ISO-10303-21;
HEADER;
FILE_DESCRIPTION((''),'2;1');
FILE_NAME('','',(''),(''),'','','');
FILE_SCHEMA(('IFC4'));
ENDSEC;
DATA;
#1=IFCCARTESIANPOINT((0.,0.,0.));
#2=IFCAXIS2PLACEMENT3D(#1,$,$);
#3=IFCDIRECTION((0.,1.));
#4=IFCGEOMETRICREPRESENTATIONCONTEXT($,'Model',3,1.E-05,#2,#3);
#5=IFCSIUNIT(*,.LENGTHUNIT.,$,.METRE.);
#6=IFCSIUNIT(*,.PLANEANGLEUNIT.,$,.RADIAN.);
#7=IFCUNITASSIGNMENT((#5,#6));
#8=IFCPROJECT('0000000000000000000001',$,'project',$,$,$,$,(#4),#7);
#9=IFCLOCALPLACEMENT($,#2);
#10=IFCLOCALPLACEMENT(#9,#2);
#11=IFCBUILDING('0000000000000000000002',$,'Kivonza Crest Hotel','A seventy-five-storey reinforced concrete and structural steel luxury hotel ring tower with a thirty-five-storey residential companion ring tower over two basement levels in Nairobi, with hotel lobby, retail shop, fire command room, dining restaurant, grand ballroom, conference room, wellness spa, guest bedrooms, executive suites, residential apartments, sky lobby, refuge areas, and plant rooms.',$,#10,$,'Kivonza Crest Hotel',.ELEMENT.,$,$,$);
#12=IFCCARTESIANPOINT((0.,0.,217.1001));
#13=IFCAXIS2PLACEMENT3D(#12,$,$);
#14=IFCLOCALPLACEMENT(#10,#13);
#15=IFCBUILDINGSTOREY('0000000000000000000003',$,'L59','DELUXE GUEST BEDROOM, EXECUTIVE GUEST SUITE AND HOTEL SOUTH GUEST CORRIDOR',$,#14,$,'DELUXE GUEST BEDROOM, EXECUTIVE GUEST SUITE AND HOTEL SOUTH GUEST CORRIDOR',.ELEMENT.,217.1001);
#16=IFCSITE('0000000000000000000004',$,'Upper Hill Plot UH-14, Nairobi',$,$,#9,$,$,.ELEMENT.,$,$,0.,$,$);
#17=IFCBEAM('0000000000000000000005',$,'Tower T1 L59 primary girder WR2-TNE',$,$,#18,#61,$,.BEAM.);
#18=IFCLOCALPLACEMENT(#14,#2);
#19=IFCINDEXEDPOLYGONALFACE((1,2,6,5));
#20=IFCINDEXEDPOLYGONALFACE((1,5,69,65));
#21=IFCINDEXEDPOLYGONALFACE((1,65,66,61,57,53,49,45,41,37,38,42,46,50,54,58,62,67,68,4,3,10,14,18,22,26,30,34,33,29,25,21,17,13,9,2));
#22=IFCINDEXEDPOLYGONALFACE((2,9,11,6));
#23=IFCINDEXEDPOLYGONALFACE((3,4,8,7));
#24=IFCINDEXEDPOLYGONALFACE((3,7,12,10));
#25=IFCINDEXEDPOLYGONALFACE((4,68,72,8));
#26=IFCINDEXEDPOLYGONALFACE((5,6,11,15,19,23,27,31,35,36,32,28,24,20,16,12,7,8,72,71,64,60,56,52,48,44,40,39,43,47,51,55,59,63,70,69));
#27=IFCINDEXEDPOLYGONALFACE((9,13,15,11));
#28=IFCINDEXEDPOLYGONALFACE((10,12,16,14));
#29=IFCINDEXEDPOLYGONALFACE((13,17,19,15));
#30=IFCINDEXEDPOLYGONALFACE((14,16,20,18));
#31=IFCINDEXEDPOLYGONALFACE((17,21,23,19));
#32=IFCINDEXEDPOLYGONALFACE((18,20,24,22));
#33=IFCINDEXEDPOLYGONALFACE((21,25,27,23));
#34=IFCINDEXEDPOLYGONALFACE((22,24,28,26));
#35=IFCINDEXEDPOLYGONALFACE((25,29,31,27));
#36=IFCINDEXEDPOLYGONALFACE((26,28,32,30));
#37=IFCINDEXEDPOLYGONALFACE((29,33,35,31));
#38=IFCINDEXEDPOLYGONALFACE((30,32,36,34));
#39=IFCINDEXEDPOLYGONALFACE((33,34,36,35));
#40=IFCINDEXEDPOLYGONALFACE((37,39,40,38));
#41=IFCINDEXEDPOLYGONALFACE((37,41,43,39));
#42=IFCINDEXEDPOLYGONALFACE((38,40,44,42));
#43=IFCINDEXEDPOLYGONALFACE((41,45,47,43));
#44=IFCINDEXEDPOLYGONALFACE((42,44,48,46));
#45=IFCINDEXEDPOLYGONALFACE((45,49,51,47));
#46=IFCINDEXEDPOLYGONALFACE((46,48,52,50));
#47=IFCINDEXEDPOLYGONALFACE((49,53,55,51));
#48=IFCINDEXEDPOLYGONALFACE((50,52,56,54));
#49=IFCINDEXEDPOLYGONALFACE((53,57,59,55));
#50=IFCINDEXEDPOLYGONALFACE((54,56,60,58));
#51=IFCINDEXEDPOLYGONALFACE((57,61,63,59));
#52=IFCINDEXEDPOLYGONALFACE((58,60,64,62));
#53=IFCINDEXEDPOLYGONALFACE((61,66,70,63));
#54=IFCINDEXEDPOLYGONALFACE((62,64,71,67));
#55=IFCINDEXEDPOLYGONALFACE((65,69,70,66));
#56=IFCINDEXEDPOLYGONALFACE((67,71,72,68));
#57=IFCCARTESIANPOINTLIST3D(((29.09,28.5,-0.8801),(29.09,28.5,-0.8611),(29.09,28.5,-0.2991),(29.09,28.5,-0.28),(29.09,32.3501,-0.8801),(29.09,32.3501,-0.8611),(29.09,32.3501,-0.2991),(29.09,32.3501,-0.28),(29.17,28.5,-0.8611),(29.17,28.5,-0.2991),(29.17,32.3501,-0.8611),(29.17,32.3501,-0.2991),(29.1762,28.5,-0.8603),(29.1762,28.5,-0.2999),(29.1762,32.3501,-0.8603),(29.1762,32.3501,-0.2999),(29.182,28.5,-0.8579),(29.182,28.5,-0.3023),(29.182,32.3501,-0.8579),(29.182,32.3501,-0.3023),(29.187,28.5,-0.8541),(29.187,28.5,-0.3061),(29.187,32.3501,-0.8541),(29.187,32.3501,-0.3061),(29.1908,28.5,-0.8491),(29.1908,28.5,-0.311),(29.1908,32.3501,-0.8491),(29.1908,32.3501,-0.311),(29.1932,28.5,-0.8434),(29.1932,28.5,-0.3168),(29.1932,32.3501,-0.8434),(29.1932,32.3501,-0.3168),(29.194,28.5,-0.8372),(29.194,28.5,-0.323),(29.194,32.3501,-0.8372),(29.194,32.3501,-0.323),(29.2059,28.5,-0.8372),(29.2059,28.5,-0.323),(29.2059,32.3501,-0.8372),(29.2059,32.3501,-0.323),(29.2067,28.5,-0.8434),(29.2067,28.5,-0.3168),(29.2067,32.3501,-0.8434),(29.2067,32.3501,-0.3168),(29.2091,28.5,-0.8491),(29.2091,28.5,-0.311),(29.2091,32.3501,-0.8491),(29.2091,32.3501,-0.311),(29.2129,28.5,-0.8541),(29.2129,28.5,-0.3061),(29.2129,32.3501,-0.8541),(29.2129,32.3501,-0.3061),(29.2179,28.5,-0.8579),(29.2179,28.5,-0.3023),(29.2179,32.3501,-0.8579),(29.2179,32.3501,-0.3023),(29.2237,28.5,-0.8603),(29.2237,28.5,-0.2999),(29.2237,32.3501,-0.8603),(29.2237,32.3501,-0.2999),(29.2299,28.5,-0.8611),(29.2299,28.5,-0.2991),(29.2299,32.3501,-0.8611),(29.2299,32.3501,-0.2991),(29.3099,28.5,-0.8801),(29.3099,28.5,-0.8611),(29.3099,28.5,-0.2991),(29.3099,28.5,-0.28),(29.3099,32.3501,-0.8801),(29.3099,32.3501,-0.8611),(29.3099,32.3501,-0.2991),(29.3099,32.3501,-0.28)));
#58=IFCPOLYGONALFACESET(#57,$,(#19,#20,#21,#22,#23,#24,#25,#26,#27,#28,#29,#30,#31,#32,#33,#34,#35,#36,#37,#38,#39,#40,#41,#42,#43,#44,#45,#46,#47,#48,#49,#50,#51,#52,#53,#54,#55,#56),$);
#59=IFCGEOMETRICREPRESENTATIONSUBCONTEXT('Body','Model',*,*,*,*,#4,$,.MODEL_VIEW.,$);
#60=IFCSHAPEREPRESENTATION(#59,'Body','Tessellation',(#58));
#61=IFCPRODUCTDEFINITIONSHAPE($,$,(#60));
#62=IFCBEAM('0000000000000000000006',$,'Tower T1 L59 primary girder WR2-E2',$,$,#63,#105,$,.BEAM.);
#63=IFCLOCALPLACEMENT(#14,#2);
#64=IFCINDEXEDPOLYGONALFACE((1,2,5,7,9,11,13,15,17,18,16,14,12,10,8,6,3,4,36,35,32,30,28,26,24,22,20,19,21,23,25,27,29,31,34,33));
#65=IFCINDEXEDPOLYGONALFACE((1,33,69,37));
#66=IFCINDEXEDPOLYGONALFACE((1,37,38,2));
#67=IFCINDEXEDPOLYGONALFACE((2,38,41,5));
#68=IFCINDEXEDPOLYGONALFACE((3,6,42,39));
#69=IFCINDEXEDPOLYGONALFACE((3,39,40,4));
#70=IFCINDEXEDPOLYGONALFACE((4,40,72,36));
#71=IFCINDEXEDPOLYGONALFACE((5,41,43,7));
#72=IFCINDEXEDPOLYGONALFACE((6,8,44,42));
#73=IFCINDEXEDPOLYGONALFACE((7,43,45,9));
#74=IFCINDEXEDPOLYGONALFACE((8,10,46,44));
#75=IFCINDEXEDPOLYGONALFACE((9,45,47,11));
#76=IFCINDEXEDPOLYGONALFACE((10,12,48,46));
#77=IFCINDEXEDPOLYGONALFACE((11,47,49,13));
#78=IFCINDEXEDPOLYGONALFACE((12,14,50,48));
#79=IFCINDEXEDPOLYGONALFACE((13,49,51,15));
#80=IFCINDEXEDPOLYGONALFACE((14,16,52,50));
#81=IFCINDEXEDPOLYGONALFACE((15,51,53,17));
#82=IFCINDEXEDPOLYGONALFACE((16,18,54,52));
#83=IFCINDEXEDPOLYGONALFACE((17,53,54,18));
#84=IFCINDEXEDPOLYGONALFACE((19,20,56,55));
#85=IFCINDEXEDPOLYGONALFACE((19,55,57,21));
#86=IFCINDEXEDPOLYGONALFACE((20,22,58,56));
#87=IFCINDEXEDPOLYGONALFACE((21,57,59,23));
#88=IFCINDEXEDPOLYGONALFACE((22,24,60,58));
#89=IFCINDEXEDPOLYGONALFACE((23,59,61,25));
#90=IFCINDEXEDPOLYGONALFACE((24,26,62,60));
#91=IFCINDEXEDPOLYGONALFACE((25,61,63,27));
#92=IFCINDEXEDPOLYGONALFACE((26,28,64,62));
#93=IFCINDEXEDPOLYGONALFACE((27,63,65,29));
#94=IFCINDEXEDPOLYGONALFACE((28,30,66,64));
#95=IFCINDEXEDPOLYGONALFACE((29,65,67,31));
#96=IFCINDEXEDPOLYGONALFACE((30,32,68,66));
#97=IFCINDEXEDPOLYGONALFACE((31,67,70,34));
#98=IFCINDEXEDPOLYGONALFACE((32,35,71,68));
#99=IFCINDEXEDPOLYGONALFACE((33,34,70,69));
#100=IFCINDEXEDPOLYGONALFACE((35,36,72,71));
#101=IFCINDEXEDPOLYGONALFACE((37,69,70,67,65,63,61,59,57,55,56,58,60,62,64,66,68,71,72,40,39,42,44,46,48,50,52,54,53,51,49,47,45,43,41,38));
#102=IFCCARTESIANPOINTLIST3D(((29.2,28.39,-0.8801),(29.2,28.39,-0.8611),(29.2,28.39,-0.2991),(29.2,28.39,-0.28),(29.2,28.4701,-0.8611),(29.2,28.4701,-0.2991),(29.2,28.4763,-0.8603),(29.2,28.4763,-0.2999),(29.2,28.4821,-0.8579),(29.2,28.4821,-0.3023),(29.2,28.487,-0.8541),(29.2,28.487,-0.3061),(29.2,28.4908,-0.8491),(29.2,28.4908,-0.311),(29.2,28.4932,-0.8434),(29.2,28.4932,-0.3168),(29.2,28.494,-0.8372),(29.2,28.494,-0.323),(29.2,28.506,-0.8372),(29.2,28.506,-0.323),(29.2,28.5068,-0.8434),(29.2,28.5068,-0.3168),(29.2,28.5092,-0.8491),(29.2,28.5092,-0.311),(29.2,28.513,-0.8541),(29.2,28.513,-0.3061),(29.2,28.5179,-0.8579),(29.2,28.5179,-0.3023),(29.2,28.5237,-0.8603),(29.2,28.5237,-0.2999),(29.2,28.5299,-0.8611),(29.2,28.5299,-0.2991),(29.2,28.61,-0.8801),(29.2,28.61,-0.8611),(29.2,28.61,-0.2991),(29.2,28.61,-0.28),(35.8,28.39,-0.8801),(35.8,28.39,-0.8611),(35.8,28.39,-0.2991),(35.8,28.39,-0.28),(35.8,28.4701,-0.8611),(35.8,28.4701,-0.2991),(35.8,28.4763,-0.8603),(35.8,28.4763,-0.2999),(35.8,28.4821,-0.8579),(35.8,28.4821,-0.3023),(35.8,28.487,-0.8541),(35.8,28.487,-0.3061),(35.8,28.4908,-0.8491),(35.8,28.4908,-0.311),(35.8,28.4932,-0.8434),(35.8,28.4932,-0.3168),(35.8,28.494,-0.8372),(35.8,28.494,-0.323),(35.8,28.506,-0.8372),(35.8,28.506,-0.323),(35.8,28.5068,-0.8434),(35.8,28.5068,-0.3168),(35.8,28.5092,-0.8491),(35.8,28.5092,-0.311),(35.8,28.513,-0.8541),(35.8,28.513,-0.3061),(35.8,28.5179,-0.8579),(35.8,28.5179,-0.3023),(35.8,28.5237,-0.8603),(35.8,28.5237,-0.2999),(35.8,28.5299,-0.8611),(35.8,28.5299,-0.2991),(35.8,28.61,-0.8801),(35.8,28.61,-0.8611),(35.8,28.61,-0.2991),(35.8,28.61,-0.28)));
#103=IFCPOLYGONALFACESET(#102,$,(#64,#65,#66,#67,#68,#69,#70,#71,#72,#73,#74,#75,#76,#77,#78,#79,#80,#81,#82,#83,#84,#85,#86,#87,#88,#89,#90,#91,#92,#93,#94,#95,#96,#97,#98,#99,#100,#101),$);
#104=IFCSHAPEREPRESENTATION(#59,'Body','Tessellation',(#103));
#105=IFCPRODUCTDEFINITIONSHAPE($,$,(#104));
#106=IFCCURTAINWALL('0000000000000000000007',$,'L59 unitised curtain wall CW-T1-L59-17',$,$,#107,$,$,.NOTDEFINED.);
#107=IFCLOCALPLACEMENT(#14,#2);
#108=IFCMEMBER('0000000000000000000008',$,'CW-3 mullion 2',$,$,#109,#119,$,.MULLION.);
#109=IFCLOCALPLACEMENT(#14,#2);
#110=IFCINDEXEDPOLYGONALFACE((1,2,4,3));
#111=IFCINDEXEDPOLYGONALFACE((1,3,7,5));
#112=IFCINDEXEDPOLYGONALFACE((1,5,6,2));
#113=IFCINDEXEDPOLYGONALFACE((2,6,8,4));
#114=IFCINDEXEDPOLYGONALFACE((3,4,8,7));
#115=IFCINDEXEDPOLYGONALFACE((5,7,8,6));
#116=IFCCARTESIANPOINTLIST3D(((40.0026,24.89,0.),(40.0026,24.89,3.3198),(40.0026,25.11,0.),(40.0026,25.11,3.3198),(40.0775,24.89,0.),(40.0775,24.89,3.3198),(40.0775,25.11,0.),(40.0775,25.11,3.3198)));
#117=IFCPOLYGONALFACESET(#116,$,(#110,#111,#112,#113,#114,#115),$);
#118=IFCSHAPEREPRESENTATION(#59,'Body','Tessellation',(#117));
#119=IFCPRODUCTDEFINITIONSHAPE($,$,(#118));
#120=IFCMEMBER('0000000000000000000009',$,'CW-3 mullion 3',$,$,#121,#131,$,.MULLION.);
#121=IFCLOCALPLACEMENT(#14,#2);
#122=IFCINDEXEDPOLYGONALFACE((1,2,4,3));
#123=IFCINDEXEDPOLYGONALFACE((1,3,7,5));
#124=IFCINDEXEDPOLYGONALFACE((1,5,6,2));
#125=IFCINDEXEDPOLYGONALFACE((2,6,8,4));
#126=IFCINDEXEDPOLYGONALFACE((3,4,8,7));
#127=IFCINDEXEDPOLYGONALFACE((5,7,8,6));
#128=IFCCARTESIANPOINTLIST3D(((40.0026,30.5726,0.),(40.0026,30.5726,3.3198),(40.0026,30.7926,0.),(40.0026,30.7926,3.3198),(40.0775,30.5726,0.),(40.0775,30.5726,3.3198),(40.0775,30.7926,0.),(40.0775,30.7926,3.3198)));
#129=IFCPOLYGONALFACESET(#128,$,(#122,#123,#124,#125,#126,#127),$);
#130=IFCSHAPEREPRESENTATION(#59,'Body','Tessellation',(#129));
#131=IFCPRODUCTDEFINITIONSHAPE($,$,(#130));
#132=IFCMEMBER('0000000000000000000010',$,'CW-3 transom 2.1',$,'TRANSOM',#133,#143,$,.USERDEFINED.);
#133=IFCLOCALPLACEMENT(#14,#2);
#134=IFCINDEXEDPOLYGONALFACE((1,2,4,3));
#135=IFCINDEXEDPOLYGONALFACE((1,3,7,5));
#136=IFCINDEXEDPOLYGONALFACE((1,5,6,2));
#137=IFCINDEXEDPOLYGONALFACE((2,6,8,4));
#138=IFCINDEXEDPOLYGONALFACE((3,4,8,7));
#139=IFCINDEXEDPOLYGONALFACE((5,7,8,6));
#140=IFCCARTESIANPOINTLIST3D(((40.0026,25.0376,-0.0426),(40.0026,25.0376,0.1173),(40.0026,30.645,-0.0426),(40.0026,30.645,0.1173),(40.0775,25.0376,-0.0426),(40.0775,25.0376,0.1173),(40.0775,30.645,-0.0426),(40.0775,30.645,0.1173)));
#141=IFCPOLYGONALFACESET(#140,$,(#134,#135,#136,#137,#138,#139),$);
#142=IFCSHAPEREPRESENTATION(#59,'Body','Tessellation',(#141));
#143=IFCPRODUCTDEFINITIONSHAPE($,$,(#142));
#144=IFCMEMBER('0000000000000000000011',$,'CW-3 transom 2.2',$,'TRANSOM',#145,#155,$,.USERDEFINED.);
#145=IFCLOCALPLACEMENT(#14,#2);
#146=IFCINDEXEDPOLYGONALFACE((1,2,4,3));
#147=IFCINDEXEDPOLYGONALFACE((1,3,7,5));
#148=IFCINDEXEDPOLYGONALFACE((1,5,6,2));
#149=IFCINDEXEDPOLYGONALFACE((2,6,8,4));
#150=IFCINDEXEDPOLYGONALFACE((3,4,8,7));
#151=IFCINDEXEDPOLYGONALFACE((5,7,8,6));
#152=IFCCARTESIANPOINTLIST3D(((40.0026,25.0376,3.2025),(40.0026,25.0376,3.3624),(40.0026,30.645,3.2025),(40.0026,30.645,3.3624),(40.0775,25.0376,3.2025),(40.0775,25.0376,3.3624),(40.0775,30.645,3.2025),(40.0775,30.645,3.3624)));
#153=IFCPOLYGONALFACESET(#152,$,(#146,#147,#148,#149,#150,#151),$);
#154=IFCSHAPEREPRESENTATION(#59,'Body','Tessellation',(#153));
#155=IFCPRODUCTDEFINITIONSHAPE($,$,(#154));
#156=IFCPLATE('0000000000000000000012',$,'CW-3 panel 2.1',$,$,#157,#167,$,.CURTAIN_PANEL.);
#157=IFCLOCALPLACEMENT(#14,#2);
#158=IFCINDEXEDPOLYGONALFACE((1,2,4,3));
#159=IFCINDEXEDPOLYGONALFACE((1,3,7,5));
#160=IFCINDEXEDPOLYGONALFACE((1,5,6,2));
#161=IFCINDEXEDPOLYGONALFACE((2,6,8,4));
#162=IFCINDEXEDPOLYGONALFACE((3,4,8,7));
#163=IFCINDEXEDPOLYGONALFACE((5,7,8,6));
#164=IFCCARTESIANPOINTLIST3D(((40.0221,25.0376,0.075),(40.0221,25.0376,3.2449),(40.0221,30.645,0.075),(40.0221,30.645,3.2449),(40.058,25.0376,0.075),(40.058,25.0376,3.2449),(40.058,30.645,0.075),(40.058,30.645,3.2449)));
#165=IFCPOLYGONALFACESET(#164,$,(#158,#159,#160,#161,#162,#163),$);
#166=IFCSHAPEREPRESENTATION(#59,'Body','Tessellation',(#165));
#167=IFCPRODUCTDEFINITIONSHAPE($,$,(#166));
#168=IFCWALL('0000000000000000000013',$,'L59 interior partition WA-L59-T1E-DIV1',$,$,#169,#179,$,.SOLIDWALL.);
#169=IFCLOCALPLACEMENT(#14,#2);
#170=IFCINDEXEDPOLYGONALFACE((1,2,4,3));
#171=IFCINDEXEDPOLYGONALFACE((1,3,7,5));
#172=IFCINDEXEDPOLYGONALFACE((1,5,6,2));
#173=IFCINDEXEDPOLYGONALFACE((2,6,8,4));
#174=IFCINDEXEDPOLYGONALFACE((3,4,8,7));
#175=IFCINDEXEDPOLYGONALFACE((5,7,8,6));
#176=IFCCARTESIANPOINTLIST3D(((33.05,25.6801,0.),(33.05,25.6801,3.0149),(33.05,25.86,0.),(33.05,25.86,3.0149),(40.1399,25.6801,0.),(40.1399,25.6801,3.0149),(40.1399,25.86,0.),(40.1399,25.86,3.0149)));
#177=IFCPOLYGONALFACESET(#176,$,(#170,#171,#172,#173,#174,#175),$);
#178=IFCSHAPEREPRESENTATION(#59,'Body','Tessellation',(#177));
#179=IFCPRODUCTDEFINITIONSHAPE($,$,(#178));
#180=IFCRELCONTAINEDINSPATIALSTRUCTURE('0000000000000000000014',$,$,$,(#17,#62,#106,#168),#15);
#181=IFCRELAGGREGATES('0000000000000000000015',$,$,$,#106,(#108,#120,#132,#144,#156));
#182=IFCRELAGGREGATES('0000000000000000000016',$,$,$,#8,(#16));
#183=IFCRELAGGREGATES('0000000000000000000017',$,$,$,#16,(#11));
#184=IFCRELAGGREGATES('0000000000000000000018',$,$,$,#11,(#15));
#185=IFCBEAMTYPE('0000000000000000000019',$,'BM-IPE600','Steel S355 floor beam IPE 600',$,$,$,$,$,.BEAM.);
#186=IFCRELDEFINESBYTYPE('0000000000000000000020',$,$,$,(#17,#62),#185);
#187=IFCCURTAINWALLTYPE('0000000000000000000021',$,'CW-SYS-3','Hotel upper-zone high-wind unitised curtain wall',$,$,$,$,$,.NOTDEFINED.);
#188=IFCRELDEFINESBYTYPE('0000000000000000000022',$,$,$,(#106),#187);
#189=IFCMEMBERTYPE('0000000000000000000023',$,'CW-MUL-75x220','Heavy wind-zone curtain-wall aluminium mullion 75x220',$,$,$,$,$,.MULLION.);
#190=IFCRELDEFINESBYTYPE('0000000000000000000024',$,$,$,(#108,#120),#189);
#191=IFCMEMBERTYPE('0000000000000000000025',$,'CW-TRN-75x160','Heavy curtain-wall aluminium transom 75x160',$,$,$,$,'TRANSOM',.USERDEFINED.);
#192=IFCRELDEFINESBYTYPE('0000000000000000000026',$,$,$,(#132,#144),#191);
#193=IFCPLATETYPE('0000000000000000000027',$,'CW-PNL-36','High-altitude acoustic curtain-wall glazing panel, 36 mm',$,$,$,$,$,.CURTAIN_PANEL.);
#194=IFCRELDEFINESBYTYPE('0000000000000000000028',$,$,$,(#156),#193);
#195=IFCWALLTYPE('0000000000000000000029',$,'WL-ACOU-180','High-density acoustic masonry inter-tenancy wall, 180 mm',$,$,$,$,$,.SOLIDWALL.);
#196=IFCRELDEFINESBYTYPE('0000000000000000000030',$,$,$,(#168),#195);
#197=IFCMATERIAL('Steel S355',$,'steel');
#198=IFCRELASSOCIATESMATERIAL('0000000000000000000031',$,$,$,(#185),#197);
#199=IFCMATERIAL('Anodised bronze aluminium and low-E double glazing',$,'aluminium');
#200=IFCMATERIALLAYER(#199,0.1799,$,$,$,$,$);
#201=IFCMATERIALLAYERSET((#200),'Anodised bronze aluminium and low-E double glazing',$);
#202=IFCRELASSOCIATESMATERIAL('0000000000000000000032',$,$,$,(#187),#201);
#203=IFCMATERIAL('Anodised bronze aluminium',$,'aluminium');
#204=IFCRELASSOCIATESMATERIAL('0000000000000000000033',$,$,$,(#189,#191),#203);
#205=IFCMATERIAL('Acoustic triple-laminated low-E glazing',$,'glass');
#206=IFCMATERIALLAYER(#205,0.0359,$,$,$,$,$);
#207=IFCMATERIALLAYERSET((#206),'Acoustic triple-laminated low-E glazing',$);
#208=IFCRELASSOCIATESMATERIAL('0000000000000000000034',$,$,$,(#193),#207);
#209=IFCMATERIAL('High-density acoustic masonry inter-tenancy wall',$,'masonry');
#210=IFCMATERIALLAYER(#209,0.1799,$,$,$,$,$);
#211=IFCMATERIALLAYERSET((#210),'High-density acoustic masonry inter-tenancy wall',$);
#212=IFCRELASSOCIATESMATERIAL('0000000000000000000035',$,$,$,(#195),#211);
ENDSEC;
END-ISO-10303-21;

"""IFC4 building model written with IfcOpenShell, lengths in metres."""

from ifc_helpers import new_model, si_unit, direction, frame, frame_2d, origin, origin_2d, place, context, subcontext, project, spatial, rectangle, i_section, extrude, material, layer, layer_set, material_profile, profile_set, type_object, element, aggregate, save


model = new_model("IFC4")

# Units and contexts
model_context = context("Model", 3, precision=1e-05, world=origin(), true_north=direction((0.0, 1.0)))
body_context = subcontext(model_context, "Body", "Model", "MODEL_VIEW")
ifc_project = project(units=[si_unit("LENGTHUNIT", "METRE"), si_unit("PLANEANGLEUNIT", "RADIAN")], contexts=[model_context])

# Site, building, storey
site_placement = place(None, origin())
site = spatial("IfcSite", under=ifc_project, at=site_placement, Name="Upper Hill Plot UH-14, Nairobi", CompositionType="ELEMENT", RefElevation=0.0)
building_placement = place(site_placement, origin())
building = spatial("IfcBuilding", under=site, at=building_placement, Name="Kivonza Crest Hotel", Description="A seventy-five-storey reinforced concrete and structural steel luxury hotel ring tower with a thirty-five-storey residential companion ring tower over two basement levels in Nairobi, with hotel lobby, retail shop, fire command room, dining restaurant, grand ballroom, conference room, wellness spa, guest bedrooms, executive suites, residential apartments, sky lobby, refuge areas, and plant rooms.", LongName="Kivonza Crest Hotel", CompositionType="ELEMENT")
storey_placement = place(building_placement, frame((0.0, 0.0, 217.1001)))
storey = spatial("IfcBuildingStorey", under=building, at=storey_placement, Name="L59", Description="DELUXE GUEST BEDROOM, EXECUTIVE GUEST SUITE AND HOTEL SOUTH GUEST CORRIDOR", LongName="DELUXE GUEST BEDROOM, EXECUTIVE GUEST SUITE AND HOTEL SOUTH GUEST CORRIDOR", CompositionType="ELEMENT", Elevation=217.1001)

# Beams
ifc_material_1 = material(Name="Steel S355", Category="steel")
ifc_material_profile_1 = material_profile(ifc_material_1, i_section(OverallWidth=0.22, OverallDepth=0.6001, WebThickness=0.012, FlangeThickness=0.019, FilletRadius=0.0239, at=origin_2d()), Name="IPE 600")
ifc_profile_set_1 = profile_set([ifc_material_profile_1], Name="Steel S355")
beam_type_1 = type_object("IfcBeamType", Name="BM-IPE600", Description="Steel S355 floor beam IPE 600", PredefinedType="BEAM", material=ifc_profile_set_1)
beam_1_placement = place(storey_placement, frame((29.2, 28.5, -0.5801), z_axis=(0.0, 1.0, 0.0), x_axis=(-1.0, 0.0, 0.0)))
element("IfcBeam", 1, at=beam_1_placement, inside=storey, type_object=beam_type_1, Name="Tower T1 L59 primary girder WR2-TNE", PredefinedType="BEAM", context=body_context, shape_type="SweptSolid", body=[
    extrude(i_section(OverallWidth=0.22, OverallDepth=0.6001, WebThickness=0.012, FlangeThickness=0.019, FilletRadius=0.0239, at=origin_2d()), origin(), (0.0, 0.0, 1.0), 3.8501),
])
beam_2_placement = place(storey_placement, frame((29.2, 28.5, -0.5801), z_axis=(1.0, 0.0, 0.0), x_axis=(0.0, 1.0, 0.0)))
element("IfcBeam", 2, at=beam_2_placement, inside=storey, type_object=beam_type_1, Name="Tower T1 L59 primary girder WR2-E2", PredefinedType="BEAM", context=body_context, shape_type="SweptSolid", body=[
    extrude(i_section(OverallWidth=0.22, OverallDepth=0.6001, WebThickness=0.012, FlangeThickness=0.019, FilletRadius=0.0239, at=origin_2d()), origin(), (0.0, 0.0, 1.0), 6.6001),
])

# Curtain wall, members, plate
ifc_material_2 = material(Name="Anodised bronze aluminium and low-E double glazing", Category="aluminium")
ifc_layer_1 = layer(ifc_material_2, 0.1799)
ifc_layer_set_1 = layer_set([ifc_layer_1], Name="Anodised bronze aluminium and low-E double glazing")
curtain_wall_type = type_object("IfcCurtainWallType", Name="CW-SYS-3", Description="Hotel upper-zone high-wind unitised curtain wall", PredefinedType="NOTDEFINED", material=ifc_layer_set_1)
curtain_wall_placement = place(storey_placement, origin())
curtain_wall = element("IfcCurtainWall", 3, at=curtain_wall_placement, inside=storey, type_object=curtain_wall_type, Name="L59 unitised curtain wall CW-T1-L59-17", PredefinedType="NOTDEFINED")
ifc_material_3 = material(Name="Anodised bronze aluminium", Category="aluminium")
ifc_material_profile_2 = material_profile(ifc_material_3, rectangle(XDim=0.075, YDim=0.22, at=origin_2d()), Name="CW-M 75x220")
ifc_profile_set_2 = profile_set([ifc_material_profile_2], Name="Anodised bronze aluminium")
member_type_1 = type_object("IfcMemberType", Name="CW-MUL-75x220", Description="Heavy wind-zone curtain-wall aluminium mullion 75x220", PredefinedType="MULLION", material=ifc_profile_set_2)
member_1_placement = place(storey_placement, frame((40.04, 25.0, 0.0), z_axis=(0.0, 0.0, 1.0), x_axis=(-1.0, 0.0, 0.0)))
member_1 = element("IfcMember", 4, at=member_1_placement, type_object=member_type_1, Name="CW-3 mullion 2", PredefinedType="MULLION", context=body_context, shape_type="SweptSolid", body=[
    extrude(rectangle(XDim=0.075, YDim=0.22, at=origin_2d()), origin(), (0.0, 0.0, 1.0), 3.3198),
])
member_2_placement = place(storey_placement, frame((40.04, 30.6826, 0.0), z_axis=(0.0, 0.0, 1.0), x_axis=(-1.0, 0.0, 0.0)))
member_2 = element("IfcMember", 5, at=member_2_placement, type_object=member_type_1, Name="CW-3 mullion 3", PredefinedType="MULLION", context=body_context, shape_type="SweptSolid", body=[
    extrude(rectangle(XDim=0.075, YDim=0.22, at=origin_2d()), origin(), (0.0, 0.0, 1.0), 3.3198),
])
ifc_material_profile_3 = material_profile(ifc_material_3, rectangle(XDim=0.075, YDim=0.1599, at=origin_2d()), Name="CW-T 75x160")
ifc_profile_set_3 = profile_set([ifc_material_profile_3], Name="Anodised bronze aluminium")
member_type_2 = type_object("IfcMemberType", Name="CW-TRN-75x160", Description="Heavy curtain-wall aluminium transom 75x160", ElementType="TRANSOM", PredefinedType="USERDEFINED", material=ifc_profile_set_3)
member_3_placement = place(storey_placement, frame((40.04, 25.0376, 0.0374), z_axis=(0.0, 1.0, 0.0), x_axis=(-1.0, 0.0, 0.0)))
member_3 = element("IfcMember", 6, at=member_3_placement, type_object=member_type_2, Name="CW-3 transom 2.1", ObjectType="TRANSOM", PredefinedType="USERDEFINED", context=body_context, shape_type="SweptSolid", body=[
    extrude(rectangle(XDim=0.075, YDim=0.1599, at=origin_2d()), origin(), (0.0, 0.0, 1.0), 5.6074),
])
member_4_placement = place(storey_placement, frame((40.04, 25.0376, 3.2825), z_axis=(0.0, 1.0, 0.0), x_axis=(-1.0, 0.0, 0.0)))
member_4 = element("IfcMember", 7, at=member_4_placement, type_object=member_type_2, Name="CW-3 transom 2.2", ObjectType="TRANSOM", PredefinedType="USERDEFINED", context=body_context, shape_type="SweptSolid", body=[
    extrude(rectangle(XDim=0.075, YDim=0.1599, at=origin_2d()), origin(), (0.0, 0.0, 1.0), 5.6074),
])
ifc_material_4 = material(Name="Acoustic triple-laminated low-E glazing", Category="glass")
ifc_layer_2 = layer(ifc_material_4, 0.0359)
ifc_layer_set_2 = layer_set([ifc_layer_2], Name="Acoustic triple-laminated low-E glazing")
plate_type = type_object("IfcPlateType", Name="CW-PNL-36", Description="High-altitude acoustic curtain-wall glazing panel, 36 mm", PredefinedType="CURTAIN_PANEL", material=ifc_layer_set_2)
plate_placement = place(storey_placement, frame((40.04, 27.8413, 0.075), z_axis=(0.0, 0.0, 1.0), x_axis=(0.0, 1.0, 0.0)))
plate = element("IfcPlate", 8, at=plate_placement, type_object=plate_type, Name="CW-3 panel 2.1", PredefinedType="CURTAIN_PANEL", context=body_context, shape_type="SweptSolid", body=[
    extrude(rectangle(XDim=5.6074, YDim=0.0359, at=origin_2d()), origin(), (0.0, 0.0, 1.0), 3.1699),
])
aggregate(curtain_wall, [member_1, member_2, member_3, member_4, plate])

# Wall
ifc_material_5 = material(Name="High-density acoustic masonry inter-tenancy wall", Category="masonry")
ifc_layer_3 = layer(ifc_material_5, 0.1799)
ifc_layer_set_3 = layer_set([ifc_layer_3], Name="High-density acoustic masonry inter-tenancy wall")
wall_type_1 = type_object("IfcWallType", Name="WL-ACOU-180", Description="High-density acoustic masonry inter-tenancy wall, 180 mm", PredefinedType="SOLIDWALL", material=ifc_layer_set_3)
wall_1_placement = place(storey_placement, frame((33.05, 25.77, 0.0), z_axis=(0.0, 0.0, 1.0), x_axis=(1.0, 0.0, 0.0)))
element("IfcWall", 9, at=wall_1_placement, inside=storey, type_object=wall_type_1, Name="L59 interior partition WA-L59-T1E-DIV1", PredefinedType="SOLIDWALL", context=body_context, shape_type="SweptSolid", body=[
    extrude(rectangle(XDim=7.0898, YDim=0.1799, at=frame_2d((3.5449, 0.0))), origin(), (0.0, 0.0, 1.0), 3.0149),
])

save(model, "model.ifc")
